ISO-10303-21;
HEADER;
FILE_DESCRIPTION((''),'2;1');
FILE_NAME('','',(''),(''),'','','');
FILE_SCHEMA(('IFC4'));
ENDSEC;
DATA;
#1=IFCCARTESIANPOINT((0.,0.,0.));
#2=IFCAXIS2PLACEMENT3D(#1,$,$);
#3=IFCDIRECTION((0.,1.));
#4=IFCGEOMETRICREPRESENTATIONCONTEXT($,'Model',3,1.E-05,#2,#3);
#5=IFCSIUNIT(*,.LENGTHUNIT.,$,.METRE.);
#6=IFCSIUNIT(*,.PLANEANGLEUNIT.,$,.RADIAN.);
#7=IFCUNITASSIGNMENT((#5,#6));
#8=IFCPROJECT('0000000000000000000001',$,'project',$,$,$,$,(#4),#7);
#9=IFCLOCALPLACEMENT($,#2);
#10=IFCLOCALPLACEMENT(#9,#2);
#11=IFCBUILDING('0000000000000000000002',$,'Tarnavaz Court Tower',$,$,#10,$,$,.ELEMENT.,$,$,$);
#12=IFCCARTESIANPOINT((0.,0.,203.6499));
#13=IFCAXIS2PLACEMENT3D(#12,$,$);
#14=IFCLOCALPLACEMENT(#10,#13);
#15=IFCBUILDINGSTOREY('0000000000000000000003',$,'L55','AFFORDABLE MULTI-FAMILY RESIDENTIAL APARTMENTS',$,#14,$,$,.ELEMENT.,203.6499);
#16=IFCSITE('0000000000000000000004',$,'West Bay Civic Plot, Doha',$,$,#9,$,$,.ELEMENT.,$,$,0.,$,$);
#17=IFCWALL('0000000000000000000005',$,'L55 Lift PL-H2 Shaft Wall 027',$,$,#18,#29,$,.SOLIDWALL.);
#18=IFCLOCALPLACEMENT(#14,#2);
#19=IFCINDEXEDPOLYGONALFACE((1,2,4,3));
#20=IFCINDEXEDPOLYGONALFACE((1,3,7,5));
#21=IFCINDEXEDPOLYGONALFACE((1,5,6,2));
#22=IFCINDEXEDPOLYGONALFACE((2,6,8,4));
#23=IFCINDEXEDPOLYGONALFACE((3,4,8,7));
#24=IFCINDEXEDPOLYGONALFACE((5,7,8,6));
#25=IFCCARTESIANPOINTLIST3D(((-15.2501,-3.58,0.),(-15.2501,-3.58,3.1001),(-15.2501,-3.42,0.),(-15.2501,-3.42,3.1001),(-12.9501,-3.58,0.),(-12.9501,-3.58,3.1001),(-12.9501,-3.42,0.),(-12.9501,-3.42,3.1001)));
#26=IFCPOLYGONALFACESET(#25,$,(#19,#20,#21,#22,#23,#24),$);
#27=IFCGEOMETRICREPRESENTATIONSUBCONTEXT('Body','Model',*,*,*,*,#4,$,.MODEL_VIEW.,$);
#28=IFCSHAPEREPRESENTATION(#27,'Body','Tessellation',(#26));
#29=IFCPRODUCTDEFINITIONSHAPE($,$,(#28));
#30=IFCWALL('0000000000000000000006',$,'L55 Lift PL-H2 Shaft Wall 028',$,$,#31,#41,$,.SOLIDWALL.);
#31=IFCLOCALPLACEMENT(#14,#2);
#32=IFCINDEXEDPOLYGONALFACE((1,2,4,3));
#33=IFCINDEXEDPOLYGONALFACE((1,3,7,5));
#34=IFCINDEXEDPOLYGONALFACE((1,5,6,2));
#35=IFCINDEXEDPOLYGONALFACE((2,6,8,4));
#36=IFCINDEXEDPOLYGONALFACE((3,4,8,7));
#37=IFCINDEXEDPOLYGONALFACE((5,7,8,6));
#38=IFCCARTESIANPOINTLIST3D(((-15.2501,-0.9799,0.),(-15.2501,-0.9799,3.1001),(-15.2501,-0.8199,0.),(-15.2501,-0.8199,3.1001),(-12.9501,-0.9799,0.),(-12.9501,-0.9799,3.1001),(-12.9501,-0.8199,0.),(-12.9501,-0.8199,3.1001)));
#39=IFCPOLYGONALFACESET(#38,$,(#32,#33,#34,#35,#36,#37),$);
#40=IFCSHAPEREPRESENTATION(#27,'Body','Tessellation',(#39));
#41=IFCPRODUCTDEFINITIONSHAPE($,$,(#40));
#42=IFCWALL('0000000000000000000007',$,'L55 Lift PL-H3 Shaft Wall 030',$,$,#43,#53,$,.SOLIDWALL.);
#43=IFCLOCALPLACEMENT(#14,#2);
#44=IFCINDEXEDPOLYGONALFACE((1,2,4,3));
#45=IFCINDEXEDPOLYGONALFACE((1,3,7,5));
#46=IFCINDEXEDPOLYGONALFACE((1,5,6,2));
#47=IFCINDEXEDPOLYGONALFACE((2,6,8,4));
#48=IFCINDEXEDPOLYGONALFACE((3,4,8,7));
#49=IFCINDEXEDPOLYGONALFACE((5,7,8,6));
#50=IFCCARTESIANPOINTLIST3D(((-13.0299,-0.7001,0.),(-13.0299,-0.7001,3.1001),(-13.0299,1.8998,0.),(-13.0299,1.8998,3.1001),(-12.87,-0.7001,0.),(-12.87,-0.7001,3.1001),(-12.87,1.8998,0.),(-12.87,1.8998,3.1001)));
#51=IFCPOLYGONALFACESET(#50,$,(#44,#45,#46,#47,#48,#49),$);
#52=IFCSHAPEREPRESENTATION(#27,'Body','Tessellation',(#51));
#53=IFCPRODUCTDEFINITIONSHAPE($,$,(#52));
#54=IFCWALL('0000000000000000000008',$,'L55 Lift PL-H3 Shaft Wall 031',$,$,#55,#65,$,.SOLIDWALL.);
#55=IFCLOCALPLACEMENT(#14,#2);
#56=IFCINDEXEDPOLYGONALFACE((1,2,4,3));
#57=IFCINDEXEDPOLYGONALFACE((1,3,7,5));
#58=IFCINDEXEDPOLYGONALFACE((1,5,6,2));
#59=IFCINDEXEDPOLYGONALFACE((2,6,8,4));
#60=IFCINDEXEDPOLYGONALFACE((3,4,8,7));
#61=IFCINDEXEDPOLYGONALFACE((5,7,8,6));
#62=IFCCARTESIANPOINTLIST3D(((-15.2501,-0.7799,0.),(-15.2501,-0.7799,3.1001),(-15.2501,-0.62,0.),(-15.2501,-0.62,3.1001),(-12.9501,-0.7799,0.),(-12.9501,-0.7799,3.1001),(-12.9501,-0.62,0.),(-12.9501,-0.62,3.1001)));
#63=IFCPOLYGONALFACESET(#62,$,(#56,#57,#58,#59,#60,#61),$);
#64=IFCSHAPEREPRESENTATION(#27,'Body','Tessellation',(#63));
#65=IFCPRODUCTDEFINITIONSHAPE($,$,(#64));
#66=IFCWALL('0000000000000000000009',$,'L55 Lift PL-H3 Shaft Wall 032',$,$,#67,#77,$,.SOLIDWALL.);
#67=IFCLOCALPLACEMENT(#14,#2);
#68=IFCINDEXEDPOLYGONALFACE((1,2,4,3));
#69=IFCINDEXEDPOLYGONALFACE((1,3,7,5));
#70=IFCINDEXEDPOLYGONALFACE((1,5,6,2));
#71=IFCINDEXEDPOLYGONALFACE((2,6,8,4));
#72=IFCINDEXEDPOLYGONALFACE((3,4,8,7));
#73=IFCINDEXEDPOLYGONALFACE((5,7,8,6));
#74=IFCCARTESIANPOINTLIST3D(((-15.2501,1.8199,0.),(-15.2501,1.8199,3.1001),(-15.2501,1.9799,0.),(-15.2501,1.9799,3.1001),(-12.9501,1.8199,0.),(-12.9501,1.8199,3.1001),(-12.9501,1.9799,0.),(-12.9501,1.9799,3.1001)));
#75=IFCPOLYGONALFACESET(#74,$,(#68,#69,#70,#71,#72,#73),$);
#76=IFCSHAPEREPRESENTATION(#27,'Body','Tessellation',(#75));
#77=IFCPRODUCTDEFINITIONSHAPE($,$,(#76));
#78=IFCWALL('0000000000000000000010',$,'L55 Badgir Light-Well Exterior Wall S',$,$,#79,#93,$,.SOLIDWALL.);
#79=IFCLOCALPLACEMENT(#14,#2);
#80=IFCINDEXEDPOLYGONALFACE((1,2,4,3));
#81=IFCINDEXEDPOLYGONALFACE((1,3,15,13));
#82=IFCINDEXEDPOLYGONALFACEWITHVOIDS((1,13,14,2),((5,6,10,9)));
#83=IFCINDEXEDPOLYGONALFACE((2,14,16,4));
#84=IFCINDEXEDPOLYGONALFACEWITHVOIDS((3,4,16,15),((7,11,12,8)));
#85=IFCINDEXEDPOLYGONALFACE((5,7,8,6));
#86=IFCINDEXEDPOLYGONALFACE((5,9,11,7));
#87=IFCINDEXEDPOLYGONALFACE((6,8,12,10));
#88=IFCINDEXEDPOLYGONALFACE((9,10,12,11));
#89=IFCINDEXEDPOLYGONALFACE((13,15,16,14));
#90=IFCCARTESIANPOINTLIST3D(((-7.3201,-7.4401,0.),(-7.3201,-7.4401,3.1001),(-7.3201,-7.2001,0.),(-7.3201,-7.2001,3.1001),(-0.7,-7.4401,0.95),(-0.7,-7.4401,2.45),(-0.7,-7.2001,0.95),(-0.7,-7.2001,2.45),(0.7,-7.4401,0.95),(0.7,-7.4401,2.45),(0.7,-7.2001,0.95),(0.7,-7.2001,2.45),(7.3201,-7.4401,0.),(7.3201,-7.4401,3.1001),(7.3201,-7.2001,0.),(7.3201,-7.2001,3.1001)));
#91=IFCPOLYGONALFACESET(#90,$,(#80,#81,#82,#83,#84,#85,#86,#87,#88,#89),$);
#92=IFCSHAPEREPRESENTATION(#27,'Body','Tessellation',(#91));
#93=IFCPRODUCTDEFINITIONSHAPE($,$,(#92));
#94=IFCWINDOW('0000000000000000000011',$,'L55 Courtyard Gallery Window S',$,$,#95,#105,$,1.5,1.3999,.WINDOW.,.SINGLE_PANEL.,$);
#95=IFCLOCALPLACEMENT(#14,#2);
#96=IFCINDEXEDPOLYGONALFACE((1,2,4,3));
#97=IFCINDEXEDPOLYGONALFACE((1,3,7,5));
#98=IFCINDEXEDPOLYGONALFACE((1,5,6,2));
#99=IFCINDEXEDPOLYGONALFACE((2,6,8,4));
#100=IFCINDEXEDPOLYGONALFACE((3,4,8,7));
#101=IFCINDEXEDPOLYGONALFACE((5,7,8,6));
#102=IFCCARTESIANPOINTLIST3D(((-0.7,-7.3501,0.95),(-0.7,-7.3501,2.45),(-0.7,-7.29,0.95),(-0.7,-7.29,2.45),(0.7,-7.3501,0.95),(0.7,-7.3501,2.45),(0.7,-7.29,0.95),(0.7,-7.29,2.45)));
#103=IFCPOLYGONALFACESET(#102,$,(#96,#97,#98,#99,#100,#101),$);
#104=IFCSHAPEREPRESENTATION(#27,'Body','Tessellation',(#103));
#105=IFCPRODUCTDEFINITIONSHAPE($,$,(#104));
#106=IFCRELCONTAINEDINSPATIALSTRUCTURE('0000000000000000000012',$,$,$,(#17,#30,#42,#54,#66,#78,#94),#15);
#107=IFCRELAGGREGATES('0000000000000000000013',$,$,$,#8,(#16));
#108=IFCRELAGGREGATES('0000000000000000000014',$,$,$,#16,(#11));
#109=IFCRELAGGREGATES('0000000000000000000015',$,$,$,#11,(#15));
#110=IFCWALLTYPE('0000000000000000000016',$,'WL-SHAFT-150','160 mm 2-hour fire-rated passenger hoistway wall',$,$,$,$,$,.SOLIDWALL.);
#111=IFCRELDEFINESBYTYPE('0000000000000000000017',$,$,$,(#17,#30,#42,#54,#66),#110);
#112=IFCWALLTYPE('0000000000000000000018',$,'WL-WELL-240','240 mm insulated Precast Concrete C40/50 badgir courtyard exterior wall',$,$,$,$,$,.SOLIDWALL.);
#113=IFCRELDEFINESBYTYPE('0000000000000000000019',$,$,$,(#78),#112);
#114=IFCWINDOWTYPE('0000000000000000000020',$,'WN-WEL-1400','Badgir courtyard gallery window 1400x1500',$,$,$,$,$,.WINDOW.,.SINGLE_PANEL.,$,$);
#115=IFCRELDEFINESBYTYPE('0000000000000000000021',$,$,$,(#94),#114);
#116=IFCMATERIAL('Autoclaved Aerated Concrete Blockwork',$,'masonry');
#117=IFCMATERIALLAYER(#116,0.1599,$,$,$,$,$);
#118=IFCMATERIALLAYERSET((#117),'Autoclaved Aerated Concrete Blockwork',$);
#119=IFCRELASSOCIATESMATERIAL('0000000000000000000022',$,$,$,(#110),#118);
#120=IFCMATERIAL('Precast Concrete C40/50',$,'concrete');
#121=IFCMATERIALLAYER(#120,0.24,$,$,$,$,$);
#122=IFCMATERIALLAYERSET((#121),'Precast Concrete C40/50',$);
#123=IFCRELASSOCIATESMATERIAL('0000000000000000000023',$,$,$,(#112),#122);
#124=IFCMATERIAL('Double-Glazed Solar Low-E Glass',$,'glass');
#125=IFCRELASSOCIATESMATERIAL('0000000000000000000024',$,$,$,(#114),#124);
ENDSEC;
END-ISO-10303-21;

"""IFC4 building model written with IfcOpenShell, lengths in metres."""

from ifc_helpers import new_model, si_unit, direction, frame, frame_2d, origin, place, context, subcontext, project, spatial, rectangle, extrude, material, layer, layer_set, type_object, element, fill, save


model = new_model("IFC4")

# Units and contexts
model_context = context("Model", 3, precision=1e-05, world=origin(), true_north=direction((0.0, 1.0)))
body_context = subcontext(model_context, "Body", "Model", "MODEL_VIEW")
ifc_project = project(units=[si_unit("LENGTHUNIT", "METRE"), si_unit("PLANEANGLEUNIT", "RADIAN")], contexts=[model_context])

# Site, building, storey
site_placement = place(None, origin())
site = spatial("IfcSite", under=ifc_project, at=site_placement, Name="West Bay Civic Plot, Doha", CompositionType="ELEMENT", RefElevation=0.0)
building_placement = place(site_placement, origin())
building = spatial("IfcBuilding", under=site, at=building_placement, Name="Tarnavaz Court Tower", CompositionType="ELEMENT")
storey_placement = place(building_placement, frame((0.0, 0.0, 203.6499)))
storey = spatial("IfcBuildingStorey", under=building, at=storey_placement, Name="L55", Description="AFFORDABLE MULTI-FAMILY RESIDENTIAL APARTMENTS", CompositionType="ELEMENT", Elevation=203.6499)

# Shared definitions
ifc_material_1 = material(Name="Autoclaved Aerated Concrete Blockwork", Category="masonry")

# Shared definitions
ifc_layer_1 = layer(ifc_material_1, 0.1599)
ifc_layer_set_1 = layer_set([ifc_layer_1], Name="Autoclaved Aerated Concrete Blockwork")
wall_type_1 = type_object("IfcWallType", Name="WL-SHAFT-150", Description="160 mm 2-hour fire-rated passenger hoistway wall", PredefinedType="SOLIDWALL", material=ifc_layer_set_1)

# Walls
for number, where, z_axis, x_axis, name in (
    (1, (-15.25, -3.5, 0.0), (0.0, 0.0, 1.0), (1.0, 0.0, 0.0), "L55 Lift PL-H2 Shaft Wall 027"),
    (2, (-15.25, -0.8999, 0.0), (0.0, 0.0, 1.0), (1.0, 0.0, 0.0), "L55 Lift PL-H2 Shaft Wall 028"),
):
    element("IfcWall", number, at=place(storey_placement, frame(where, z_axis=z_axis, x_axis=x_axis)), inside=storey, type_object=wall_type_1, Name=name, PredefinedType="SOLIDWALL", context=body_context, shape_type="SweptSolid", body=[
        extrude(rectangle(XDim=2.3, YDim=0.1599, at=frame_2d((1.1499, 0.0))), origin(), (0.0, 0.0, 1.0), 3.1001),
    ])

# Walls
wall_1_placement = place(storey_placement, frame((-12.95, -0.7, 0.0), z_axis=(0.0, 0.0, 1.0), x_axis=(0.0, 1.0, 0.0)))
element("IfcWall", 3, at=wall_1_placement, inside=storey, type_object=wall_type_1, Name="L55 Lift PL-H3 Shaft Wall 030", PredefinedType="SOLIDWALL", context=body_context, shape_type="SweptSolid", body=[
    extrude(rectangle(XDim=2.5999, YDim=0.1599, at=frame_2d((1.2998, 0.0))), origin(), (0.0, 0.0, 1.0), 3.1001),
])
for number, where, z_axis, x_axis, name in (
    (4, (-15.25, -0.7, 0.0), (0.0, 0.0, 1.0), (1.0, 0.0, 0.0), "L55 Lift PL-H3 Shaft Wall 031"),
    (5, (-15.25, 1.8999, 0.0), (0.0, 0.0, 1.0), (1.0, 0.0, 0.0), "L55 Lift PL-H3 Shaft Wall 032"),
):
    element("IfcWall", number, at=place(storey_placement, frame(where, z_axis=z_axis, x_axis=x_axis)), inside=storey, type_object=wall_type_1, Name=name, PredefinedType="SOLIDWALL", context=body_context, shape_type="SweptSolid", body=[
        extrude(rectangle(XDim=2.3, YDim=0.1599, at=frame_2d((1.1499, 0.0))), origin(), (0.0, 0.0, 1.0), 3.1001),
    ])

# Wall, opening, window
ifc_material_2 = material(Name="Precast Concrete C40/50", Category="concrete")
ifc_layer_2 = layer(ifc_material_2, 0.24)
ifc_layer_set_2 = layer_set([ifc_layer_2], Name="Precast Concrete C40/50")
wall_type_2 = type_object("IfcWallType", Name="WL-WELL-240", Description="240 mm insulated Precast Concrete C40/50 badgir courtyard exterior wall", PredefinedType="SOLIDWALL", material=ifc_layer_set_2)
wall_2_placement = place(storey_placement, frame((-7.3201, -7.3201, 0.0), z_axis=(0.0, 0.0, 1.0), x_axis=(1.0, 0.0, 0.0)))
wall_2 = element("IfcWall", 6, at=wall_2_placement, inside=storey, type_object=wall_type_2, Name="L55 Badgir Light-Well Exterior Wall S", PredefinedType="SOLIDWALL", context=body_context, shape_type="SweptSolid", body=[
    extrude(rectangle(XDim=14.6401, YDim=0.24, at=frame_2d((7.3201, 0.0))), origin(), (0.0, 0.0, 1.0), 3.1001),
])
opening_1_placement = place(wall_2_placement, frame((6.6201, 0.0, 0.95)))
opening_1 = element("IfcOpeningElement", 7, at=opening_1_placement, cuts=wall_2, PredefinedType="OPENING", context=body_context, shape_type="SweptSolid", body=[
    extrude(rectangle(XDim=1.3999, YDim=1.5, at=frame_2d((0.7, 0.75))), frame((0.0, 0.1299, 0.0), z_axis=(0.0, -1.0, 0.0), x_axis=(1.0, 0.0, 0.0)), (0.0, 0.0, 1.0), 0.26),
])
ifc_material_3 = material(Name="Double-Glazed Solar Low-E Glass", Category="glass")
window_type = type_object("IfcWindowType", Name="WN-WEL-1400", Description="Badgir courtyard gallery window 1400x1500", PartitioningType="SINGLE_PANEL", PredefinedType="WINDOW", material=ifc_material_3)
window_placement = place(opening_1_placement, origin())
window = element("IfcWindow", 8, at=window_placement, inside=storey, type_object=window_type, Name="L55 Courtyard Gallery Window S", OverallHeight=1.5, OverallWidth=1.3999, PartitioningType="SINGLE_PANEL", PredefinedType="WINDOW", context=body_context, shape_type="SweptSolid", body=[
    extrude(rectangle(XDim=1.3999, YDim=1.5, at=frame_2d((0.7, 0.75))), frame((0.0, 0.03, 0.0), z_axis=(0.0, -1.0, 0.0), x_axis=(1.0, 0.0, 0.0)), (0.0, 0.0, 1.0), 0.0601),
])
fill(opening_1, window)

save(model, "model.ifc")
